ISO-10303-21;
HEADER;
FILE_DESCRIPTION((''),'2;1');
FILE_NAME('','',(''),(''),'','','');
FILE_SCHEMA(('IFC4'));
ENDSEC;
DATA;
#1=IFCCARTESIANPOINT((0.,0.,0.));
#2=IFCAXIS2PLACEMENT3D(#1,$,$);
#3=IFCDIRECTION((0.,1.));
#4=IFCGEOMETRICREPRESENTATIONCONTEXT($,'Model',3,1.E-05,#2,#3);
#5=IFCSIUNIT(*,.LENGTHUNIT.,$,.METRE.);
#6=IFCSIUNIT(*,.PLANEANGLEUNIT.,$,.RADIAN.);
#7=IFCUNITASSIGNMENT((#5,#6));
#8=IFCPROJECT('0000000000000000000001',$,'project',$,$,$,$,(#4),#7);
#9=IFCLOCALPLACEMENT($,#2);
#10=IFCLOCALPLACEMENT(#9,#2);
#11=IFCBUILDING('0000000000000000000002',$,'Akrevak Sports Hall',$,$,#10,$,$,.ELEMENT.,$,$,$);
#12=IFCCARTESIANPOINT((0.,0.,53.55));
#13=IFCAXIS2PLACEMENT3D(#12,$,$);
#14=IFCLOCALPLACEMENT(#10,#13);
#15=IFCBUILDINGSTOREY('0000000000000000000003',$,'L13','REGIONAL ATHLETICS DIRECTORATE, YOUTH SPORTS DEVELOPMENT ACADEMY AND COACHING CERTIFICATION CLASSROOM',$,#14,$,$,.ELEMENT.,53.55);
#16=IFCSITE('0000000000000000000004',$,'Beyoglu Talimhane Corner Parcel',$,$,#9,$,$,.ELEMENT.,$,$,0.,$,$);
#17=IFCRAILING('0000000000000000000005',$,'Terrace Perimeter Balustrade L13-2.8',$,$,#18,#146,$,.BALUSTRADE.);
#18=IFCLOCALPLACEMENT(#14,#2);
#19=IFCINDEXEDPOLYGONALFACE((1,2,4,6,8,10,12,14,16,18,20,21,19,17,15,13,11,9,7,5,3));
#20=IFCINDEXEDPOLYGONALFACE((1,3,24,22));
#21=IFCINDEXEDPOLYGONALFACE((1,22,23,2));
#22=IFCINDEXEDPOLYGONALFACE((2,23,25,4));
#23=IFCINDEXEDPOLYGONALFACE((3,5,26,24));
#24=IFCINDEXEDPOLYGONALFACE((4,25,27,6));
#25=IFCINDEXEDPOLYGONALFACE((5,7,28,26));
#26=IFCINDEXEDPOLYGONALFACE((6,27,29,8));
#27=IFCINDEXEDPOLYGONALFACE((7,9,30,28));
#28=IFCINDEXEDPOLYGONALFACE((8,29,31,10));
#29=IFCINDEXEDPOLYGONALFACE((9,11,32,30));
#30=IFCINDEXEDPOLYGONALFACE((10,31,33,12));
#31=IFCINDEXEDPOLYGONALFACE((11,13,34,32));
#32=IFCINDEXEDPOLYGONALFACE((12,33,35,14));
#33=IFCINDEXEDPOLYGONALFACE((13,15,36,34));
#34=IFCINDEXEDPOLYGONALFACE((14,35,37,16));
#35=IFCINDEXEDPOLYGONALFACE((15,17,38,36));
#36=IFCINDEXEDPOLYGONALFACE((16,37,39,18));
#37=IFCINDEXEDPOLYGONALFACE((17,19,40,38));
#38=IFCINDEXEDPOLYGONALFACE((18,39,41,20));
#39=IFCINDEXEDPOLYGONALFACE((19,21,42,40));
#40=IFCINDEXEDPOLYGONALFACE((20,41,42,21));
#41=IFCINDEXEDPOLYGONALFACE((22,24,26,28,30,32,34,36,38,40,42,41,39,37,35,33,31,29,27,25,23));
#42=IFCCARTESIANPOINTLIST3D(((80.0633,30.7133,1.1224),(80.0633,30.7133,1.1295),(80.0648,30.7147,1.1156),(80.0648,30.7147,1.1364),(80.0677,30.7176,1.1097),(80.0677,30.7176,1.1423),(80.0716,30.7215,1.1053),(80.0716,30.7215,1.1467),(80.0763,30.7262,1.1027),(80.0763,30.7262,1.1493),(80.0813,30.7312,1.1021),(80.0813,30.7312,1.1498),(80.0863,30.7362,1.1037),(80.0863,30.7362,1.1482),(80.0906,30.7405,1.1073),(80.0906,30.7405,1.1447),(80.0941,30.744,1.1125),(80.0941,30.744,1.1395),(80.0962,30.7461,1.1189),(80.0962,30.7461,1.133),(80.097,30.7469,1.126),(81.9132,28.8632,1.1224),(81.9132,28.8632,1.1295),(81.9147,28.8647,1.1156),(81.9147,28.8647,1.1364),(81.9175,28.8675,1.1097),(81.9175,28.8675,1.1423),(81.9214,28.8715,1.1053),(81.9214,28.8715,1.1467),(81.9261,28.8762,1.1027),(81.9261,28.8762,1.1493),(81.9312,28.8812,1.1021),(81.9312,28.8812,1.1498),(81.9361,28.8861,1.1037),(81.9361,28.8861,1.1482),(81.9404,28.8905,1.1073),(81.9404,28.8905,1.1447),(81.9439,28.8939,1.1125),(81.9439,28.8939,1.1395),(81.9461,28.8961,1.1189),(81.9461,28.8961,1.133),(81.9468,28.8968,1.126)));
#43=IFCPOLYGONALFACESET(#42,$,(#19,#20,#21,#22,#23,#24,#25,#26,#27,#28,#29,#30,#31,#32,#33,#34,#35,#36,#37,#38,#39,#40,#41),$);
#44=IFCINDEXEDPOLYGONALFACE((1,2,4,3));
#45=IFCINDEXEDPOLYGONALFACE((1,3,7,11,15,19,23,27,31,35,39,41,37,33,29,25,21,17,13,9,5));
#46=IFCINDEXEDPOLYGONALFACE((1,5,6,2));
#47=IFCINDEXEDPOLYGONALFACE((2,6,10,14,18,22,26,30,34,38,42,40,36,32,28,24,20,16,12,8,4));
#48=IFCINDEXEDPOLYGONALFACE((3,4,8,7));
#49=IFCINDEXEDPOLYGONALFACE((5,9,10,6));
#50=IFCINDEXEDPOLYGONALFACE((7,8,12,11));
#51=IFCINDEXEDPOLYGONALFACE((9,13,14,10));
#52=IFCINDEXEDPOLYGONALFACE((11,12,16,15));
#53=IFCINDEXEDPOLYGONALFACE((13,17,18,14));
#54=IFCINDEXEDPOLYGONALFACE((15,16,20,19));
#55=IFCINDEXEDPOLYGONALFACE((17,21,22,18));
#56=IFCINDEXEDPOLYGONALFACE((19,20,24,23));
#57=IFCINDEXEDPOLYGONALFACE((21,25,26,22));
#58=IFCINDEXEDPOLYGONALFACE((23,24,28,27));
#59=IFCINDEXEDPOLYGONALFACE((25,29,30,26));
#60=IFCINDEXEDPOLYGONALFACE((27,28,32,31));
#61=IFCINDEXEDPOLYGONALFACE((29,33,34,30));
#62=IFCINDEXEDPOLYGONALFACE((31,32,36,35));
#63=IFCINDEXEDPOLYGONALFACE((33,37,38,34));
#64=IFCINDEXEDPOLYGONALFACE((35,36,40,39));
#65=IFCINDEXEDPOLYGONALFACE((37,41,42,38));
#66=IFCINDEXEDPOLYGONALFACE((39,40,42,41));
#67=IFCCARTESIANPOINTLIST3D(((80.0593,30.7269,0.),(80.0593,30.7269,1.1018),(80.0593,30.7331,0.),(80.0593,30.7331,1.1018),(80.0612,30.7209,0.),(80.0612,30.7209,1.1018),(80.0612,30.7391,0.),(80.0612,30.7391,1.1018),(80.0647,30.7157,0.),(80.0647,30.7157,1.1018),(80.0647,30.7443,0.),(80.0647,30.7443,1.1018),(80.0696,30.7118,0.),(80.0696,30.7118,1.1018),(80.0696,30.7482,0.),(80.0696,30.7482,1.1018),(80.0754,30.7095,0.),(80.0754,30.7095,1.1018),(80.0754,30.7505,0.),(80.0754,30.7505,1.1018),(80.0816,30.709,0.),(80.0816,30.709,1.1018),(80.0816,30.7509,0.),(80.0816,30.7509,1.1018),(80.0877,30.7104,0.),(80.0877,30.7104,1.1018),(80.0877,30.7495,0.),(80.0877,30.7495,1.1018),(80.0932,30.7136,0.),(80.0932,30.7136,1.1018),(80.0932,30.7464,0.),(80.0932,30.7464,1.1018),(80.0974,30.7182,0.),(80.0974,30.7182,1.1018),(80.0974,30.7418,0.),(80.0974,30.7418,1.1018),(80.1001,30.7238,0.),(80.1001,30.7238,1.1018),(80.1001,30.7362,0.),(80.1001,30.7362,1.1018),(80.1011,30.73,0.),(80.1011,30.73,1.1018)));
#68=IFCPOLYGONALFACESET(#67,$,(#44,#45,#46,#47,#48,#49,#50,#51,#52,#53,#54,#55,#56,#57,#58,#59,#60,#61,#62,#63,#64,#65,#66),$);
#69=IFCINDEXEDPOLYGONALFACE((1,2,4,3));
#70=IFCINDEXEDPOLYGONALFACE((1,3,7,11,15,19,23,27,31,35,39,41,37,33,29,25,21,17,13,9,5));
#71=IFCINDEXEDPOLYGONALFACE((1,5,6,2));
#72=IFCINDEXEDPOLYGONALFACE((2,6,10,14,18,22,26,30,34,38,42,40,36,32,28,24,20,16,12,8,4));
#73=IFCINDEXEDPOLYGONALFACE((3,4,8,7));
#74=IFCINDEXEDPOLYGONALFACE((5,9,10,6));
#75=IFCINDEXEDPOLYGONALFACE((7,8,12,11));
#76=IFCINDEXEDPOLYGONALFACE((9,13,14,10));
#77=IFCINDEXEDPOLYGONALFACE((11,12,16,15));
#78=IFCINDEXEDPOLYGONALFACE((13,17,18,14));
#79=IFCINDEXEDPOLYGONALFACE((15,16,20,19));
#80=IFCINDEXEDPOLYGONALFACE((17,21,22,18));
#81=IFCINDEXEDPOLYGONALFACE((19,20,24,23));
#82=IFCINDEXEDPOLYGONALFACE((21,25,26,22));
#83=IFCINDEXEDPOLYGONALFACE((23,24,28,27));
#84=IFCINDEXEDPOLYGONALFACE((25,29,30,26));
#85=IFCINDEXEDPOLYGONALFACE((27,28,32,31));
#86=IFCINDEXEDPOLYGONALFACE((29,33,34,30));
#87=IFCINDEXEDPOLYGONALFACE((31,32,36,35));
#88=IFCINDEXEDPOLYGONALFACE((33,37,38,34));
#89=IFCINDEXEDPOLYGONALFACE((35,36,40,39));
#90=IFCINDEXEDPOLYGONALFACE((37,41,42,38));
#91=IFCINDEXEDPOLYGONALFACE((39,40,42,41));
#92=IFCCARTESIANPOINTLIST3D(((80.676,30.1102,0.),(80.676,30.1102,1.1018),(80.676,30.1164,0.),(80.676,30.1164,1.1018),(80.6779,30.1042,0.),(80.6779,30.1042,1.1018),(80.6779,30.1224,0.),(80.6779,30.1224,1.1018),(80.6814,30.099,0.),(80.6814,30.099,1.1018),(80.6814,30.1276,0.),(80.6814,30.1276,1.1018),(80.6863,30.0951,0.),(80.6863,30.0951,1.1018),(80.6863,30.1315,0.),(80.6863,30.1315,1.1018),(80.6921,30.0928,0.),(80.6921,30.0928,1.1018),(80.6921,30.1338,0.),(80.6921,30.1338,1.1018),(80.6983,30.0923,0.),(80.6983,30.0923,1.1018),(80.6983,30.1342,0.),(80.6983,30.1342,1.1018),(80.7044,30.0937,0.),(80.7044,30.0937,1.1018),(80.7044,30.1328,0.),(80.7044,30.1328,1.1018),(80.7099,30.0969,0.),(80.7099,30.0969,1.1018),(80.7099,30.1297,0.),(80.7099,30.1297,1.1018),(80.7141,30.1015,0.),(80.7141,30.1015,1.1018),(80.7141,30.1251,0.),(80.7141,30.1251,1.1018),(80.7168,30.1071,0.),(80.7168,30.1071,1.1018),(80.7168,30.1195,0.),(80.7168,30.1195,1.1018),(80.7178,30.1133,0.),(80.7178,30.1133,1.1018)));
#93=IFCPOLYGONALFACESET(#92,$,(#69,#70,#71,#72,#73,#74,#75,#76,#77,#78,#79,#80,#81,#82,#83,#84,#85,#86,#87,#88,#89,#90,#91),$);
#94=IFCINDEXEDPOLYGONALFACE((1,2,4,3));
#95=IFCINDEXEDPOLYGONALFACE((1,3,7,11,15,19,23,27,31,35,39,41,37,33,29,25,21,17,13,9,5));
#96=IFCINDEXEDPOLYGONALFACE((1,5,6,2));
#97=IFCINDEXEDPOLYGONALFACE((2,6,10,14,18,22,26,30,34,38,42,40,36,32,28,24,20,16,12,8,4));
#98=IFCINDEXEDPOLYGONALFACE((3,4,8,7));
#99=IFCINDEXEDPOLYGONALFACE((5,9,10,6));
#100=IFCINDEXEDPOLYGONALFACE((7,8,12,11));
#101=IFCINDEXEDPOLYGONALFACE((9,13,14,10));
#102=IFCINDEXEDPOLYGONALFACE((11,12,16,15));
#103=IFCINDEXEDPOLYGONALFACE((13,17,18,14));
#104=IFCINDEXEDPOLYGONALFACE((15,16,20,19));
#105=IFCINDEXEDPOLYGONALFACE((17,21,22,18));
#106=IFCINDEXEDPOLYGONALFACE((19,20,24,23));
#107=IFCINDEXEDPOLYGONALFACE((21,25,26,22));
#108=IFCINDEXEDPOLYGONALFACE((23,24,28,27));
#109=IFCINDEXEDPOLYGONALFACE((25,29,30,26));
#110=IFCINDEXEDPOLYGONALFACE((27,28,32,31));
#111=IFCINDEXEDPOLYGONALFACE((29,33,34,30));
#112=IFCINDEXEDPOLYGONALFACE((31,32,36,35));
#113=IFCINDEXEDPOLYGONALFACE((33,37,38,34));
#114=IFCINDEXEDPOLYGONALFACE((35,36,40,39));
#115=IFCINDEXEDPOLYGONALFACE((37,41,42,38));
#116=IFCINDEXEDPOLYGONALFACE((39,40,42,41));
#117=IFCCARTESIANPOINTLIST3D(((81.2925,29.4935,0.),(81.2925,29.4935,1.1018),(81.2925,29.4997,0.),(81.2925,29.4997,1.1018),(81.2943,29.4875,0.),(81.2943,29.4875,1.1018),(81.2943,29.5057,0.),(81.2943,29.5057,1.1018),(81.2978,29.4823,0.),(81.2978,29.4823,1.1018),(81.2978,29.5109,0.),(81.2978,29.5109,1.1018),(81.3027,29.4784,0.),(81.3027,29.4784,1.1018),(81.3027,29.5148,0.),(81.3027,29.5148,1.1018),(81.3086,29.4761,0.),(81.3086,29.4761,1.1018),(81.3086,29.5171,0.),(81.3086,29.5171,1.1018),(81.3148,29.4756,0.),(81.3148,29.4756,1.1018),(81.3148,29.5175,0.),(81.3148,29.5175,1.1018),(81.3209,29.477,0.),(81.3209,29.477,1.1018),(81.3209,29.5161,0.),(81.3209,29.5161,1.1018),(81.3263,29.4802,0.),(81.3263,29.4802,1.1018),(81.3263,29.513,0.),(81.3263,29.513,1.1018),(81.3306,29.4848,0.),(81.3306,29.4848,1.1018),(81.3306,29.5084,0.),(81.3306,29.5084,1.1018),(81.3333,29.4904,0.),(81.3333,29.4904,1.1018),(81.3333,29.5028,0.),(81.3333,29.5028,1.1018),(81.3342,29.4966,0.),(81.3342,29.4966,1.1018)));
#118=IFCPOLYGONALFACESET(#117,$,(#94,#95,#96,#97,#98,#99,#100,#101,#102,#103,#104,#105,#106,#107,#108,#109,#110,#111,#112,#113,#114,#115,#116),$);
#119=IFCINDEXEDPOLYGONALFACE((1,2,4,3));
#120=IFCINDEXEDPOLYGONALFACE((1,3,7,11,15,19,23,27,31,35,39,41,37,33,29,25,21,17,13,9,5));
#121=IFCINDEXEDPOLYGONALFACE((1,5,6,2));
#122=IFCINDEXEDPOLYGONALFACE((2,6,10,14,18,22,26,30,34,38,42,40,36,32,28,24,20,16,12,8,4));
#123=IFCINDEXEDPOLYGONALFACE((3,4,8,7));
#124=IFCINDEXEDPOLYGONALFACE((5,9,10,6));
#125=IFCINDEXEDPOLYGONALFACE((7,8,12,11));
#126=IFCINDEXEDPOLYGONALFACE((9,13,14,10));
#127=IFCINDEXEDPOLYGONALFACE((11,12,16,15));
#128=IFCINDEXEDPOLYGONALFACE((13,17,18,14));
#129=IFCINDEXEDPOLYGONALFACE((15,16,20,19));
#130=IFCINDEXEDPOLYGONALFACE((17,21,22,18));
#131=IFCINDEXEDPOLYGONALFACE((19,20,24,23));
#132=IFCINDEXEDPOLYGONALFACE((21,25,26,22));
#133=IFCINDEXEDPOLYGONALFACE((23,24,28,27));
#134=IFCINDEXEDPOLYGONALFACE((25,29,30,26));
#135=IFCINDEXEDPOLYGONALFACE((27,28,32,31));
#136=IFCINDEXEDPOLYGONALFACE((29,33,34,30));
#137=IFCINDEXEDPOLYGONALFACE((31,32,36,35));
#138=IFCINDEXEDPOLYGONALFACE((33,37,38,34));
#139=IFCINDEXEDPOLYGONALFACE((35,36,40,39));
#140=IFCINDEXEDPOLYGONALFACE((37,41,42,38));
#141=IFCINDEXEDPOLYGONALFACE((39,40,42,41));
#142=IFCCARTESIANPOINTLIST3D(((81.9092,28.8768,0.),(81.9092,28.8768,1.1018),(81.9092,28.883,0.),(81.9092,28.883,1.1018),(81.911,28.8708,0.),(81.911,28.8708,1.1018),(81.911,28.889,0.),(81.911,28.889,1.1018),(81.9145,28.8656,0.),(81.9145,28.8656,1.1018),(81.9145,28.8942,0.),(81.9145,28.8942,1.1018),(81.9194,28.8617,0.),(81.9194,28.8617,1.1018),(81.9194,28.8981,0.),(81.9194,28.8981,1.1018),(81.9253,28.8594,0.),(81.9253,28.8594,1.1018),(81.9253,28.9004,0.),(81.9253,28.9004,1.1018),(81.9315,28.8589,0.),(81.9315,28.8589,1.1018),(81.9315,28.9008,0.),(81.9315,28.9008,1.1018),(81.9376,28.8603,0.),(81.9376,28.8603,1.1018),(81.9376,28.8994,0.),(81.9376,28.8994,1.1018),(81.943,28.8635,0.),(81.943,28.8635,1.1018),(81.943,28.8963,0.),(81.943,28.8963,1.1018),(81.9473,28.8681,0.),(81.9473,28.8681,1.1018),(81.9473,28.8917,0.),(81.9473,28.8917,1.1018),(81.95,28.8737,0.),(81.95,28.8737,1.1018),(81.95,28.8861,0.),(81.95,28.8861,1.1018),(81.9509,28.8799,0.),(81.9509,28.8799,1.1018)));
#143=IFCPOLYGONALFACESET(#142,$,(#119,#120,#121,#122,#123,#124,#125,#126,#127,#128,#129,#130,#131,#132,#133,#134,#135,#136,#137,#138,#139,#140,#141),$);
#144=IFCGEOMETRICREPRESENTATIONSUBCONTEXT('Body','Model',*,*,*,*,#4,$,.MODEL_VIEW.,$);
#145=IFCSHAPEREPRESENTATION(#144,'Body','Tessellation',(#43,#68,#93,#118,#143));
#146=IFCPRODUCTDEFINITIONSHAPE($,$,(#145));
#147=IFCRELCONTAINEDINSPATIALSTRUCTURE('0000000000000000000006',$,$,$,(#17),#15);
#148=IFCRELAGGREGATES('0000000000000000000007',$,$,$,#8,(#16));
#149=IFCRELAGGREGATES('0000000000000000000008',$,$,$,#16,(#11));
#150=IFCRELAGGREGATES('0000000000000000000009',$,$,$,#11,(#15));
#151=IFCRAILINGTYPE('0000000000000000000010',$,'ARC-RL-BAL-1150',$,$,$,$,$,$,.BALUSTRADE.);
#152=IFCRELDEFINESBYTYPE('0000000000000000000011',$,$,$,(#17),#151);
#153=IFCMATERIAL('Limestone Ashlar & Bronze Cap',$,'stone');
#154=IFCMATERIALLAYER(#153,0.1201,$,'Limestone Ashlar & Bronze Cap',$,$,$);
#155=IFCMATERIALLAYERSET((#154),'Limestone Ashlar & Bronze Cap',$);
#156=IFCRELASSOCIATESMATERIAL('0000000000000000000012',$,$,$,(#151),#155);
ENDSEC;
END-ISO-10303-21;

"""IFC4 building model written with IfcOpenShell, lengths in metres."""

from ifc_helpers import new_model, si_unit, direction, frame, origin, origin_2d, place, context, subcontext, project, spatial, circle, extrude, material, layer, layer_set, type_object, element, save


model = new_model("IFC4")

# Units and contexts
model_context = context("Model", 3, precision=1e-05, world=origin(), true_north=direction((0.0, 1.0)))
body_context = subcontext(model_context, "Body", "Model", "MODEL_VIEW")
ifc_project = project(units=[si_unit("LENGTHUNIT", "METRE"), si_unit("PLANEANGLEUNIT", "RADIAN")], contexts=[model_context])

# Site, building, storey
site_placement = place(None, origin())
site = spatial("IfcSite", under=ifc_project, at=site_placement, Name="Beyoglu Talimhane Corner Parcel", CompositionType="ELEMENT", RefElevation=0.0)
building_placement = place(site_placement, origin())
building = spatial("IfcBuilding", under=site, at=building_placement, Name="Akrevak Sports Hall", CompositionType="ELEMENT")
storey_placement = place(building_placement, frame((0.0, 0.0, 53.55)))
storey = spatial("IfcBuildingStorey", under=building, at=storey_placement, Name="L13", Description="REGIONAL ATHLETICS DIRECTORATE, YOUTH SPORTS DEVELOPMENT ACADEMY AND COACHING CERTIFICATION CLASSROOM", CompositionType="ELEMENT", Elevation=53.55)

# Railing
ifc_material_1 = material(Name="Limestone Ashlar & Bronze Cap", Category="stone")
ifc_layer_1 = layer(ifc_material_1, 0.1201, Name="Limestone Ashlar & Bronze Cap")
ifc_layer_set_1 = layer_set([ifc_layer_1], Name="Limestone Ashlar & Bronze Cap")
railing_type = type_object("IfcRailingType", Name="ARC-RL-BAL-1150", PredefinedType="BALUSTRADE", material=ifc_layer_set_1)
railing_1_placement = place(storey_placement, frame((80.0801, 30.73, 0.0)))
element("IfcRailing", 1, at=railing_1_placement, inside=storey, type_object=railing_type, Name="Terrace Perimeter Balustrade L13-2.8", PredefinedType="BALUSTRADE", context=body_context, shape_type="SweptSolid", body=[
    extrude(circle(Radius=0.0239, at=origin_2d()), frame((0.0, 0.0, 1.126), z_axis=(0.70706, -0.707153, 0.0), x_axis=(0.707153, 0.70706, 0.0)), (0.0, 0.0, 1.0), 2.6162),
    extrude(circle(Radius=0.021, at=origin_2d()), origin(), (0.0, 0.0, 1.0), 1.1018),
    extrude(circle(Radius=0.021, at=origin_2d()), frame((0.6167, -0.6167, 0.0)), (0.0, 0.0, 1.0), 1.1018),
    extrude(circle(Radius=0.021, at=origin_2d()), frame((1.2332, -1.2334, 0.0)), (0.0, 0.0, 1.0), 1.1018),
    extrude(circle(Radius=0.021, at=origin_2d()), frame((1.8499, -1.8501, 0.0)), (0.0, 0.0, 1.0), 1.1018),
])

save(model, "model.ifc")
